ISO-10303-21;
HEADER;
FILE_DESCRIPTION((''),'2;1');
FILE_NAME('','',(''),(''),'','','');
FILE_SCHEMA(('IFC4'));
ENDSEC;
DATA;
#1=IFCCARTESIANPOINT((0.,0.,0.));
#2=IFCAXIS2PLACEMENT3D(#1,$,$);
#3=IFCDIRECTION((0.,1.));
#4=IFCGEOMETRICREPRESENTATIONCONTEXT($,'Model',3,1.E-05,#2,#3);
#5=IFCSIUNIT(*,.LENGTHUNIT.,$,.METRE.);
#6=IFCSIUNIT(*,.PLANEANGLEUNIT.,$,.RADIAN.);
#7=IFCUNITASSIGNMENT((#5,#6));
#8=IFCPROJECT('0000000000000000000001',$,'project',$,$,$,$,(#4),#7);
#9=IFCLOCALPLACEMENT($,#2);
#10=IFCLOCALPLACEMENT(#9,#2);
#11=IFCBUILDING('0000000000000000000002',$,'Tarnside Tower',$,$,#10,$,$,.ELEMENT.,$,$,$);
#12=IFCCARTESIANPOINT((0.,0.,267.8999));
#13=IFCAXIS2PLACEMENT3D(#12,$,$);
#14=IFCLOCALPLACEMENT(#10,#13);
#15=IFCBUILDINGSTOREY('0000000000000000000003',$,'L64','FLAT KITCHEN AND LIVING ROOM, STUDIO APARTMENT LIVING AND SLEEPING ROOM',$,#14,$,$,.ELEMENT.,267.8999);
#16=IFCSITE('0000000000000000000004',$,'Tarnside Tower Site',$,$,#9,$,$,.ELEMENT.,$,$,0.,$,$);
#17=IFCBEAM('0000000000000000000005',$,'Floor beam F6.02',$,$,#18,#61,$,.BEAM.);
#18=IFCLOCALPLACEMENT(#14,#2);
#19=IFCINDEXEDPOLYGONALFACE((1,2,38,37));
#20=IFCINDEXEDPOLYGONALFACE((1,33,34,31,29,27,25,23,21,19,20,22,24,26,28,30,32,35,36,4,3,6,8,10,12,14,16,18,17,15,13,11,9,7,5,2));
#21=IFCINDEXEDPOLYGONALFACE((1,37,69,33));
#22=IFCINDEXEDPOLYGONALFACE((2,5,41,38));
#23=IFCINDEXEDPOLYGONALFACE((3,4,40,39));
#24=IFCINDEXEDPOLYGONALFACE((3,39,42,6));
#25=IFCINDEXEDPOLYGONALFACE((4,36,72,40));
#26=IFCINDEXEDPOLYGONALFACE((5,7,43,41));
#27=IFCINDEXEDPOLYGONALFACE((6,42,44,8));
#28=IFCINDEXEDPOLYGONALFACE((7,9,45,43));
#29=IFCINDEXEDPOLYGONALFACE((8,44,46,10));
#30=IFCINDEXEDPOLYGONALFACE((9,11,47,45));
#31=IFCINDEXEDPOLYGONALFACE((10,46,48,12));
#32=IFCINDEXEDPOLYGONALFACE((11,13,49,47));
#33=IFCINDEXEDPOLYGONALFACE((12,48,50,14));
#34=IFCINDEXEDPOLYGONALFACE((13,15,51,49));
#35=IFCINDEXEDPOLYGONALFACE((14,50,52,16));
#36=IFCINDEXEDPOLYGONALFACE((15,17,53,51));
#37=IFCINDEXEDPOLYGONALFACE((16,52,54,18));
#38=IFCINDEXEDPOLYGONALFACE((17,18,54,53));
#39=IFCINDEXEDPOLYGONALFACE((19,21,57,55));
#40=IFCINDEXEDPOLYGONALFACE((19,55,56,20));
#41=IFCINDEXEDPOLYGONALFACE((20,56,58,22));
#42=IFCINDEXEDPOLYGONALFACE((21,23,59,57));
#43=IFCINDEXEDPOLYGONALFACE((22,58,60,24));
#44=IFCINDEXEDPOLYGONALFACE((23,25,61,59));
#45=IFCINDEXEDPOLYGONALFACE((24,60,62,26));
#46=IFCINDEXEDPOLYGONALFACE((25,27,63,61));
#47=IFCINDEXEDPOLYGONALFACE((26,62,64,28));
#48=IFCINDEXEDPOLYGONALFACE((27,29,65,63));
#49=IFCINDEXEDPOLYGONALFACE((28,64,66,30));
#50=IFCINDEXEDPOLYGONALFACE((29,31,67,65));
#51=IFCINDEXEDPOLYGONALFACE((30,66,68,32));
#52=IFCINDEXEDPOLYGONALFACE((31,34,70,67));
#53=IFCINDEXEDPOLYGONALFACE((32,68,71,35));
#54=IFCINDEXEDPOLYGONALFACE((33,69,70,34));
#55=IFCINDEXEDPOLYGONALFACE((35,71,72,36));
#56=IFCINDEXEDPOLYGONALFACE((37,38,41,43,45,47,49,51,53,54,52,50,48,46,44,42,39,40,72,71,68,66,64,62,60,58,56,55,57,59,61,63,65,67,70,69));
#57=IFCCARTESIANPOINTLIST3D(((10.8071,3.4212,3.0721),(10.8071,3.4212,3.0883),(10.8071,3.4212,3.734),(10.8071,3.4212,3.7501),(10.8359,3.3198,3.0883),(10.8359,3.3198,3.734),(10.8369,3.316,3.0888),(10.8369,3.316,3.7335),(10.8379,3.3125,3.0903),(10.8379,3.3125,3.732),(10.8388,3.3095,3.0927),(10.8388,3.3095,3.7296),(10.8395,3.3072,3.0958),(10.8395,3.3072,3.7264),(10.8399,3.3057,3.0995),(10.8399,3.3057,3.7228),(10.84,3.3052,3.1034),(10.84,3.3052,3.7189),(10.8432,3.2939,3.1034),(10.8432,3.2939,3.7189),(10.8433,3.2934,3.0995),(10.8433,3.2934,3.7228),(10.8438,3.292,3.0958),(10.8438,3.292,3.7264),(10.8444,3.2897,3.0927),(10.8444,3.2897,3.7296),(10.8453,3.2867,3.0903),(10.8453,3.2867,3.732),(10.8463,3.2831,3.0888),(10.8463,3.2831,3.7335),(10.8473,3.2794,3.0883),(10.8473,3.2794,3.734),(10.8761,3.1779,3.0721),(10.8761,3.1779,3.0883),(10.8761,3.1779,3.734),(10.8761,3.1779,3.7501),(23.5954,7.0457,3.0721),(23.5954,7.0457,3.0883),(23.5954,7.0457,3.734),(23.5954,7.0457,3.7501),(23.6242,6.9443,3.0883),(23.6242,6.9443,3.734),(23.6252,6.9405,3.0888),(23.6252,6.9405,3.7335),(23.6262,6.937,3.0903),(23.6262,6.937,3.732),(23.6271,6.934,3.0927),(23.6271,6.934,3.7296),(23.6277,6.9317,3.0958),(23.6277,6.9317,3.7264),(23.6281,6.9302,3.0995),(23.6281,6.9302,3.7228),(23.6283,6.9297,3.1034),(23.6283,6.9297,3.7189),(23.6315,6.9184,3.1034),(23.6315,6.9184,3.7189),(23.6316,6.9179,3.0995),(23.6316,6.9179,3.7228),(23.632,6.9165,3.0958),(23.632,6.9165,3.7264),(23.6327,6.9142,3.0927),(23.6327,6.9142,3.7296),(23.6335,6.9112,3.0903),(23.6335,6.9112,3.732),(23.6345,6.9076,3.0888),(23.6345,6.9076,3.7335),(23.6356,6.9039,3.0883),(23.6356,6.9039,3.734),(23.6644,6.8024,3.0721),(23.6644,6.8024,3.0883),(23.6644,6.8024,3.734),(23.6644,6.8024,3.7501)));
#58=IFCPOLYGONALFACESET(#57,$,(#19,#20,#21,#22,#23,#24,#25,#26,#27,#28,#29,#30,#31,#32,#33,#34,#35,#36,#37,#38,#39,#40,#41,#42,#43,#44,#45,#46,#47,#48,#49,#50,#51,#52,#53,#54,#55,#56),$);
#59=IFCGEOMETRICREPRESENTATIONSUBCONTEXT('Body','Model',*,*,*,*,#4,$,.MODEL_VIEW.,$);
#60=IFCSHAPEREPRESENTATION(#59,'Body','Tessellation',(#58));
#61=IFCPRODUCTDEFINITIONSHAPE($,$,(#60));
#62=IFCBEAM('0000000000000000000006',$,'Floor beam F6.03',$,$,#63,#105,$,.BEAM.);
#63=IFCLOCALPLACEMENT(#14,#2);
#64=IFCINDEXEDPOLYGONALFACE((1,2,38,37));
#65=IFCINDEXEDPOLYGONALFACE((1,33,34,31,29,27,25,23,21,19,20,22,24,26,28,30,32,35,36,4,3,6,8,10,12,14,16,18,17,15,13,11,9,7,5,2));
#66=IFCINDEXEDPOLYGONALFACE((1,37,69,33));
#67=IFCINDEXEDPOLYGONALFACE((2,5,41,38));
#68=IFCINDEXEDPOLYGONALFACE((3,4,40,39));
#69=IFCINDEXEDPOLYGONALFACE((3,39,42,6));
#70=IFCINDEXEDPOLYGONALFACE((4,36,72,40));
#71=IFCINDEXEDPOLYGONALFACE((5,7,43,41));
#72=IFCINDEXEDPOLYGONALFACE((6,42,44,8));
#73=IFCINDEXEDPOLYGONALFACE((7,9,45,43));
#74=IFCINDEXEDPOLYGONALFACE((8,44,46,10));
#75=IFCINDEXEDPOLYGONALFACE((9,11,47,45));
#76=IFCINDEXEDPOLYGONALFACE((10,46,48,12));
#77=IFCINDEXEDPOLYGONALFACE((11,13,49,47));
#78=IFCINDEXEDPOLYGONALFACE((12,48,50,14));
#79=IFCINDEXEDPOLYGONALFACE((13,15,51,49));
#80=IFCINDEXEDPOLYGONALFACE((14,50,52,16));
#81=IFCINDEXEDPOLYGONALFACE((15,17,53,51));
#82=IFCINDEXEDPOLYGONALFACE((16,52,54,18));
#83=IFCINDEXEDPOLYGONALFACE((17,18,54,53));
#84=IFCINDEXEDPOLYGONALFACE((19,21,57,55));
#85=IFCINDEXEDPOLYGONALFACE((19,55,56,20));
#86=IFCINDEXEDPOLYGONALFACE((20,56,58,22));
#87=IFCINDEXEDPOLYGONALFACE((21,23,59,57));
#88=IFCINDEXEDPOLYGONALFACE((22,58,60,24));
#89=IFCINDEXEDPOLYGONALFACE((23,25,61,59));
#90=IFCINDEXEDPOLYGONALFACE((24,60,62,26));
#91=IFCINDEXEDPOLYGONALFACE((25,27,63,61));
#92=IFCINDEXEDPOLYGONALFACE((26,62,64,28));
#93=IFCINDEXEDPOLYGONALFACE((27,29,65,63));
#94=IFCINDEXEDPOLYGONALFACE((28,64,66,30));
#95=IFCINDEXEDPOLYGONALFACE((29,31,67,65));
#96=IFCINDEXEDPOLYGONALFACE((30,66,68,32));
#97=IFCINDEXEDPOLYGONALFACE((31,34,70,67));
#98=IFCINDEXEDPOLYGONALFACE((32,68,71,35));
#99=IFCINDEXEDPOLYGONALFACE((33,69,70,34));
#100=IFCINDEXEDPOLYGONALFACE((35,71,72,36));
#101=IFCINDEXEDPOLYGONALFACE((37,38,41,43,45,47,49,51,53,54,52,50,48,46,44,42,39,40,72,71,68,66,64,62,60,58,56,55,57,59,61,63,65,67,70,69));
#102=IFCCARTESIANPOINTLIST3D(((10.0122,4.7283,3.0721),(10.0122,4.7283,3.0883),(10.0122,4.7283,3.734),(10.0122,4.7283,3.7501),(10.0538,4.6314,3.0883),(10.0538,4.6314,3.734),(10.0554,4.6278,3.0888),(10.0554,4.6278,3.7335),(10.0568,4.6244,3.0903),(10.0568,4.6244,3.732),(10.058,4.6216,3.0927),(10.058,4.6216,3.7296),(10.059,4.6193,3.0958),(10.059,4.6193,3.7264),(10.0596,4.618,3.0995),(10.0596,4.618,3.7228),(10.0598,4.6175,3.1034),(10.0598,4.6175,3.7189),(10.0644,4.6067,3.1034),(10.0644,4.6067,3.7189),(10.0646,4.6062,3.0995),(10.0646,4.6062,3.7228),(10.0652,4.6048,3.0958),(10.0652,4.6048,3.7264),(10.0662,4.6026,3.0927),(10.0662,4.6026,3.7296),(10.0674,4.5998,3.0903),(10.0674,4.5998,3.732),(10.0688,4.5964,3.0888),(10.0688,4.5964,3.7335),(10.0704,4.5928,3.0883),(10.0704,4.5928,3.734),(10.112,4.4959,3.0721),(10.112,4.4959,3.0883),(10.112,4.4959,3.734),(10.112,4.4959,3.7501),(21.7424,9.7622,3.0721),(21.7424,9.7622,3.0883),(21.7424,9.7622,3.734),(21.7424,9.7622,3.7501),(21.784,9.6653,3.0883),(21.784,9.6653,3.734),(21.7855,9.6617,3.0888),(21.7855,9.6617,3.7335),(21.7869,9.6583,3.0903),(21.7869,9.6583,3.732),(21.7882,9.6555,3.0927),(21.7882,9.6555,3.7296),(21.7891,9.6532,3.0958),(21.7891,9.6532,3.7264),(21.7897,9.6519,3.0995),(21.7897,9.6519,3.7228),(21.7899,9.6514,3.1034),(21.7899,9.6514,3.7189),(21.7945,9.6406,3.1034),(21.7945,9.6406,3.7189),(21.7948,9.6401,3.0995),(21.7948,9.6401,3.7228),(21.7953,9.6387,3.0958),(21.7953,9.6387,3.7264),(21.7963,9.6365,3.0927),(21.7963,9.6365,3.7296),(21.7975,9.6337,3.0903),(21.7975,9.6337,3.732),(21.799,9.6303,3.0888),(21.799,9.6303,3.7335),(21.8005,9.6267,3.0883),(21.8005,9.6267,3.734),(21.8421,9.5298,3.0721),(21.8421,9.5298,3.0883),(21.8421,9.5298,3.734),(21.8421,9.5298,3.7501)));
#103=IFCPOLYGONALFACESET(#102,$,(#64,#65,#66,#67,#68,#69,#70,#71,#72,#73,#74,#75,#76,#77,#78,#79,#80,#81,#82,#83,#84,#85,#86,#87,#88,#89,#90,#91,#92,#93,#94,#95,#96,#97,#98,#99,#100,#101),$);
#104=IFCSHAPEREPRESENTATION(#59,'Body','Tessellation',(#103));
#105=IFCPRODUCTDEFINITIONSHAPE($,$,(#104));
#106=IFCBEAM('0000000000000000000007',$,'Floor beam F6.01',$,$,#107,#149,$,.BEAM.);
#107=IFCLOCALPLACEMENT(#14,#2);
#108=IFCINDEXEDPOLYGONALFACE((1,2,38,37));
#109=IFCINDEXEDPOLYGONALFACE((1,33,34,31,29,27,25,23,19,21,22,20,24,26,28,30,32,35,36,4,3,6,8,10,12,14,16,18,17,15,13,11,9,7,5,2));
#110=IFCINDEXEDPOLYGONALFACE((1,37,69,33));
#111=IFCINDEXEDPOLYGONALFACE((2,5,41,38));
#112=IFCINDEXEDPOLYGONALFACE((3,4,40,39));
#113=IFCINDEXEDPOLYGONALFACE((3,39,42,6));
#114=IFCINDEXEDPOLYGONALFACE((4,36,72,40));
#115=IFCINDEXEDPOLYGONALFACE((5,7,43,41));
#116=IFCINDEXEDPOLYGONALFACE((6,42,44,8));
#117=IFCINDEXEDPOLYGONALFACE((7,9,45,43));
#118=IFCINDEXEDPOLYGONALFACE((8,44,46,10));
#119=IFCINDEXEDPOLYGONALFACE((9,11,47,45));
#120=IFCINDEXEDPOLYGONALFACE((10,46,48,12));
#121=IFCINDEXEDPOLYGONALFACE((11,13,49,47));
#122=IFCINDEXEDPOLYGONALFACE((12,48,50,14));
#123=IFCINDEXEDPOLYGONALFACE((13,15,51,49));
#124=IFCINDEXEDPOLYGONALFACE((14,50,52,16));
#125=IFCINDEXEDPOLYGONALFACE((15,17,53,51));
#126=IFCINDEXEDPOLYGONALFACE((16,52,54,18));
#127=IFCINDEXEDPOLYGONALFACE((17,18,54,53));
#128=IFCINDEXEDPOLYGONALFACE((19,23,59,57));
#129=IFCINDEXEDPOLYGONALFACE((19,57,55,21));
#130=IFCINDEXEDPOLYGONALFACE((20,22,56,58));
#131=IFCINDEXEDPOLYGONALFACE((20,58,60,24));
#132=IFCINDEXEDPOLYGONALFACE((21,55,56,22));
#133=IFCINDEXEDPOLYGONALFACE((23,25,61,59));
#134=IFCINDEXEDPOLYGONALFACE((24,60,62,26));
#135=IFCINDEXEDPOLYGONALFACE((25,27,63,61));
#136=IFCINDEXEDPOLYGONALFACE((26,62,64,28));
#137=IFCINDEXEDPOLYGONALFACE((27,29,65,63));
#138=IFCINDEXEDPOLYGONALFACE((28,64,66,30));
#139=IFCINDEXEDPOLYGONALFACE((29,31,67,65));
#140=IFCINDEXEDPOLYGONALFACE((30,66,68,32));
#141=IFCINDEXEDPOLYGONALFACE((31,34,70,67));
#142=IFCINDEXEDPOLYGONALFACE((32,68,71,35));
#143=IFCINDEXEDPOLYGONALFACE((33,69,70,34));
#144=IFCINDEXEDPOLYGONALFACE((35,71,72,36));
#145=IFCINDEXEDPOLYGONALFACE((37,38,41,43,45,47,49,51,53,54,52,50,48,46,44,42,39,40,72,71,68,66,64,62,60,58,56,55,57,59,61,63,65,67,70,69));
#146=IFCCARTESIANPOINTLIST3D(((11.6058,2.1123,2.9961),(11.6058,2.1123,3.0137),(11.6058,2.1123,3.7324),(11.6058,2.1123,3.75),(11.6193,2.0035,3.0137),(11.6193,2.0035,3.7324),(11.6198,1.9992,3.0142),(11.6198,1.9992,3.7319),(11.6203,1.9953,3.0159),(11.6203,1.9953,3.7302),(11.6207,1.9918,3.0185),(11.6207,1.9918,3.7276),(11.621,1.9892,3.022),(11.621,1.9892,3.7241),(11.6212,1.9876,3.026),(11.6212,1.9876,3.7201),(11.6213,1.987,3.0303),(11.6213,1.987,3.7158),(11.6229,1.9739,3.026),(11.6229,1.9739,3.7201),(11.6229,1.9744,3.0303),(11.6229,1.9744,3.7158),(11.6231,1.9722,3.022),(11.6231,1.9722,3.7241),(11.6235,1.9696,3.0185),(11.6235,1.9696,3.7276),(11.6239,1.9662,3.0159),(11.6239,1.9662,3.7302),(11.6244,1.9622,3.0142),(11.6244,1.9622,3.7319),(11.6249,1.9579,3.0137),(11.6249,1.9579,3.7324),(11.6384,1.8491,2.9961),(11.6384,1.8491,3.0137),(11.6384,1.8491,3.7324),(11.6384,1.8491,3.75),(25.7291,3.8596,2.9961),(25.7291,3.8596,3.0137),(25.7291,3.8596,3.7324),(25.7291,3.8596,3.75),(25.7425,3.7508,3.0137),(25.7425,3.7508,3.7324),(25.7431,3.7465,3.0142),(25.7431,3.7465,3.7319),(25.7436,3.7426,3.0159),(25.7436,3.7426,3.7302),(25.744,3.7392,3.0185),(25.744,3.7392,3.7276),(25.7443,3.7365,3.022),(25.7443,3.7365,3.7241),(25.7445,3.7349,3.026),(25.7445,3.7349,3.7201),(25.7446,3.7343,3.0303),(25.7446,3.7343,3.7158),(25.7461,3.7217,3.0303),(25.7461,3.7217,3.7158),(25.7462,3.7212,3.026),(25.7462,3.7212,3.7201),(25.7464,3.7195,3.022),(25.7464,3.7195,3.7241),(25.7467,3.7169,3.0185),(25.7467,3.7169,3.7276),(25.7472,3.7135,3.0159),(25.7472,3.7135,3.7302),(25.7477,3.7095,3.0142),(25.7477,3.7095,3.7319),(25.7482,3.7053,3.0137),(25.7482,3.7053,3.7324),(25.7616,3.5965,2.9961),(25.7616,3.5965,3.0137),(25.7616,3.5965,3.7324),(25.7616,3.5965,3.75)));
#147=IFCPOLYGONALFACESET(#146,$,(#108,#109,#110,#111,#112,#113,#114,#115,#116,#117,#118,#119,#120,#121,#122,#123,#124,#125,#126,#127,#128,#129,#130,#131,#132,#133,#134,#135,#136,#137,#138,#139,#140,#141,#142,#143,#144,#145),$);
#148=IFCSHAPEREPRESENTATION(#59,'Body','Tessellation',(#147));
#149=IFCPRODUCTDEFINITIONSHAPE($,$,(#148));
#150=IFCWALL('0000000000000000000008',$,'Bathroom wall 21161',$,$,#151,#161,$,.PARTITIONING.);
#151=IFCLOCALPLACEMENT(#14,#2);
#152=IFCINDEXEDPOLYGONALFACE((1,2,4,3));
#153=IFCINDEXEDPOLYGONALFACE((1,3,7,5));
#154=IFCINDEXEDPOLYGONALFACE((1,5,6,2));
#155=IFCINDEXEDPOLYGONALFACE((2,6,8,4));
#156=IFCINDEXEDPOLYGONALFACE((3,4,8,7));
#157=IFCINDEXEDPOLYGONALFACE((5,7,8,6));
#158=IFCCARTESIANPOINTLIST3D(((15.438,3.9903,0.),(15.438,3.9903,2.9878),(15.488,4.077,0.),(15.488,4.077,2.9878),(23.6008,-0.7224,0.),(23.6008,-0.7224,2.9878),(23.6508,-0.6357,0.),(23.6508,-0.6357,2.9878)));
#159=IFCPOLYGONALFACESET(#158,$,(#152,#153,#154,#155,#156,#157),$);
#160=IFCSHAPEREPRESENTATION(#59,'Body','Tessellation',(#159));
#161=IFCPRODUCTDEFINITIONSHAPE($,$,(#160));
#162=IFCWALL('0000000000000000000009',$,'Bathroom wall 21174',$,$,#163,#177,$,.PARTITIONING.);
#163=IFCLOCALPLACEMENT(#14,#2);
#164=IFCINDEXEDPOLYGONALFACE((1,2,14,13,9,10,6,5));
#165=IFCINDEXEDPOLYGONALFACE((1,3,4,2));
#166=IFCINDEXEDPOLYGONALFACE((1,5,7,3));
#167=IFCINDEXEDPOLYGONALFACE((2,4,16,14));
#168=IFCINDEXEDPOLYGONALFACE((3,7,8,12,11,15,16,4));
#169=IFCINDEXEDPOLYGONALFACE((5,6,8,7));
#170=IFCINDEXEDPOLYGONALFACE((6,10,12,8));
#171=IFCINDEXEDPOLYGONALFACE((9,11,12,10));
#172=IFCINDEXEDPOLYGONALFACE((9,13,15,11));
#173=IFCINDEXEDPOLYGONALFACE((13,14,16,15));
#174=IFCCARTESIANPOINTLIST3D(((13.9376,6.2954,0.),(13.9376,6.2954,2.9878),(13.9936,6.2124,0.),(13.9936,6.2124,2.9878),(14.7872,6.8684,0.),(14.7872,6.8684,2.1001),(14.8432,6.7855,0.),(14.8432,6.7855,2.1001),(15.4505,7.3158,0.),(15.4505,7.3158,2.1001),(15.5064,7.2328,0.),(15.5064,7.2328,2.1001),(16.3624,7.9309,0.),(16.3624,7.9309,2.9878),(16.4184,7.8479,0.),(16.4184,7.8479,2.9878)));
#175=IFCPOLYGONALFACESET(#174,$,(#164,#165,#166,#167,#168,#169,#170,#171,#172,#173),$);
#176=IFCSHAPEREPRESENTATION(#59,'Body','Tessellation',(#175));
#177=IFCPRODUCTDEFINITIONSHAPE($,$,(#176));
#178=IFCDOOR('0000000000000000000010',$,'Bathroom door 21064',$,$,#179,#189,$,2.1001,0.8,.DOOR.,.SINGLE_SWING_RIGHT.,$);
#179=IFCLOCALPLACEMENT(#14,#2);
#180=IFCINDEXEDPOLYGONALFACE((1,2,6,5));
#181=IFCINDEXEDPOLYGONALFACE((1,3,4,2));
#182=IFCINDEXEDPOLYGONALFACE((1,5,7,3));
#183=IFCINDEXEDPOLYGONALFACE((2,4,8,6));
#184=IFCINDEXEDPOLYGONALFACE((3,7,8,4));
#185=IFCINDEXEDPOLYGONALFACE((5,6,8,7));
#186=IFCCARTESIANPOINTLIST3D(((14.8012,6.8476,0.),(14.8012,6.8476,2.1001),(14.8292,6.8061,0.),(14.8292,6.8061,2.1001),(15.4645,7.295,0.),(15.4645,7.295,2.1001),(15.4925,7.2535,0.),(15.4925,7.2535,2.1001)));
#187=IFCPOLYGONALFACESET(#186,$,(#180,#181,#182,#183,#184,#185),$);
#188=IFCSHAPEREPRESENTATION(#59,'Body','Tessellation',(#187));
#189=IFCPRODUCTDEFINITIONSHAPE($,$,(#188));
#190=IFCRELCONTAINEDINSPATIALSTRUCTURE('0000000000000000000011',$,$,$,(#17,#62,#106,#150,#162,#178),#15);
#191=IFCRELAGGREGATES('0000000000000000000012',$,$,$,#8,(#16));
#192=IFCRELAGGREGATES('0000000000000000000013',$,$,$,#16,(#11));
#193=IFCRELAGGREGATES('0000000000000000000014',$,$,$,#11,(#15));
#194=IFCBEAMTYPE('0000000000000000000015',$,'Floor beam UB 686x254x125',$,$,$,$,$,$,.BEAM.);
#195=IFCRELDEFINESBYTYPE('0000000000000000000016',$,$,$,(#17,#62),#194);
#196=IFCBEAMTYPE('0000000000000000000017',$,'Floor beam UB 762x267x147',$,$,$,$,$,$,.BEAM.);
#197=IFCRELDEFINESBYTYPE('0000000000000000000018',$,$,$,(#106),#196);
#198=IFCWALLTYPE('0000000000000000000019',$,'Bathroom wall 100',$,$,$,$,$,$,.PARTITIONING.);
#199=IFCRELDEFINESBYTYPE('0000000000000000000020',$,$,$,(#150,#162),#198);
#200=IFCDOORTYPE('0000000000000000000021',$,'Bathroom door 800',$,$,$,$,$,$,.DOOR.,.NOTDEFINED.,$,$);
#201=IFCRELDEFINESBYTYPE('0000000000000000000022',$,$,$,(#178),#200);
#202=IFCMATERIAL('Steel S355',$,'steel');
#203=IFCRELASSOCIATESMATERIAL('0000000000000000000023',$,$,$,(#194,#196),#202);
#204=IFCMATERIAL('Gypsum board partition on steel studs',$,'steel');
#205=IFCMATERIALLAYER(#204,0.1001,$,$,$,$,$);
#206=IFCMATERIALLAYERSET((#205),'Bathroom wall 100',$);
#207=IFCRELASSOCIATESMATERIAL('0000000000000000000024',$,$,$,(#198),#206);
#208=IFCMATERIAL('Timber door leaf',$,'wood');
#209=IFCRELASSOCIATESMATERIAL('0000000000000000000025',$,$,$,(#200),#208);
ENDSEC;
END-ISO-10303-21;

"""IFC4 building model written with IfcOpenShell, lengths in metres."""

from ifc_helpers import new_model, si_unit, direction, frame, frame_2d, origin, origin_2d, place, context, subcontext, project, spatial, rectangle, i_section, extrude, material, layer, layer_set, material_profile, profile_set, type_object, element, fill, save


model = new_model("IFC4")

# Units and contexts
model_context = context("Model", 3, precision=1e-05, world=origin(), true_north=direction((0.0, 1.0)))
body_context = subcontext(model_context, "Body", "Model", "MODEL_VIEW")
ifc_project = project(units=[si_unit("LENGTHUNIT", "METRE"), si_unit("PLANEANGLEUNIT", "RADIAN")], contexts=[model_context])

# Site, building, storey
site_placement = place(None, origin())
site = spatial("IfcSite", under=ifc_project, at=site_placement, Name="Tarnside Tower Site", CompositionType="ELEMENT", RefElevation=0.0)
building_placement = place(site_placement, origin())
building = spatial("IfcBuilding", under=site, at=building_placement, Name="Tarnside Tower", CompositionType="ELEMENT")
storey_placement = place(building_placement, frame((0.0, 0.0, 267.8999)))
storey = spatial("IfcBuildingStorey", under=building, at=storey_placement, Name="L64", Description="FLAT KITCHEN AND LIVING ROOM, STUDIO APARTMENT LIVING AND SLEEPING ROOM", CompositionType="ELEMENT", Elevation=267.8999)

# Beams
ifc_material_1 = material(Name="Steel S355", Category="steel")
ifc_material_profile_1 = material_profile(ifc_material_1, i_section(OverallWidth=0.2529, OverallDepth=0.678, WebThickness=0.0117, FlangeThickness=0.0161, FilletRadius=0.0151, at=origin_2d()), Name="UB 686x254x125")
ifc_profile_set_1 = profile_set([ifc_material_profile_1], Name="Steel S355")
beam_type_1 = type_object("IfcBeamType", Name="Floor beam UB 686x254x125", PredefinedType="BEAM", material=ifc_profile_set_1)
beam_1_placement = place(storey_placement, frame((23.6299, 6.9241, 3.4111), z_axis=(-0.962104, -0.272683, 0.0), x_axis=(0.272683, -0.962104, 0.0)))
element("IfcBeam", 1, at=beam_1_placement, inside=storey, type_object=beam_type_1, Name="Floor beam F6.02", PredefinedType="BEAM", context=body_context, shape_type="SweptSolid", body=[
    extrude(i_section(OverallWidth=0.2529, OverallDepth=0.678, WebThickness=0.0117, FlangeThickness=0.0161, FilletRadius=0.0151, at=origin_2d()), origin(), (0.0, 0.0, 1.0), 13.292),
])
beam_2_placement = place(storey_placement, frame((21.7922, 9.646, 3.4111), z_axis=(-0.918955, -0.394362, 0.0), x_axis=(0.394362, -0.918955, 0.0)))
element("IfcBeam", 2, at=beam_2_placement, inside=storey, type_object=beam_type_1, Name="Floor beam F6.03", PredefinedType="BEAM", context=body_context, shape_type="SweptSolid", body=[
    extrude(i_section(OverallWidth=0.2529, OverallDepth=0.678, WebThickness=0.0117, FlangeThickness=0.0161, FilletRadius=0.0151, at=origin_2d()), origin(), (0.0, 0.0, 1.0), 12.7646),
])
ifc_material_profile_2 = material_profile(ifc_material_1, i_section(OverallWidth=0.2651, OverallDepth=0.7539, WebThickness=0.0127, FlangeThickness=0.0176, FilletRadius=0.0166, at=origin_2d()), Name="UB 762x267x147")
ifc_profile_set_2 = profile_set([ifc_material_profile_2], Name="Steel S355")
beam_type_2 = type_object("IfcBeamType", Name="Floor beam UB 762x267x147", PredefinedType="BEAM", material=ifc_profile_set_2)
beam_3_placement = place(storey_placement, frame((25.7454, 3.728, 3.373), z_axis=(-0.992434, -0.122783, 0.0), x_axis=(0.122783, -0.992434, 0.0)))
element("IfcBeam", 3, at=beam_3_placement, inside=storey, type_object=beam_type_2, Name="Floor beam F6.01", PredefinedType="BEAM", context=body_context, shape_type="SweptSolid", body=[
    extrude(i_section(OverallWidth=0.2651, OverallDepth=0.7539, WebThickness=0.0127, FlangeThickness=0.0176, FilletRadius=0.0166, at=origin_2d()), origin(), (0.0, 0.0, 1.0), 14.231),
])

# Wall
ifc_material_2 = material(Name="Gypsum board partition on steel studs", Category="steel")
ifc_layer_1 = layer(ifc_material_2, 0.1001)
ifc_layer_set_1 = layer_set([ifc_layer_1], Name="Bathroom wall 100")
wall_type_1 = type_object("IfcWallType", Name="Bathroom wall 100", PredefinedType="PARTITIONING", material=ifc_layer_set_1)
wall_1_placement = place(storey_placement, frame((15.4629, 4.0337, 0.0), z_axis=(0.0, 0.0, 1.0), x_axis=(0.866033, -0.499986, 0.0)))
element("IfcWall", 4, at=wall_1_placement, inside=storey, type_object=wall_type_1, Name="Bathroom wall 21161", PredefinedType="PARTITIONING", context=body_context, shape_type="SweptSolid", body=[
    extrude(rectangle(XDim=9.4255, YDim=0.1001, at=frame_2d((4.7129, 0.0))), origin(), (0.0, 0.0, 1.0), 2.9878),
])

# Wall, opening, door
wall_2_placement = place(storey_placement, frame((13.9656, 6.2539, 0.0), z_axis=(0.0, 0.0, 1.0), x_axis=(0.829046, 0.55918, 0.0)))
wall_2 = element("IfcWall", 5, at=wall_2_placement, inside=storey, type_object=wall_type_1, Name="Bathroom wall 21174", PredefinedType="PARTITIONING", context=body_context, shape_type="SweptSolid", body=[
    extrude(rectangle(XDim=2.9248, YDim=0.1001, at=frame_2d((1.4624, 0.0))), origin(), (0.0, 0.0, 1.0), 2.9878),
])
opening_1_placement = place(wall_2_placement, frame((1.0249, 0.0, 0.0)))
opening_1 = element("IfcOpeningElement", 6, at=opening_1_placement, cuts=wall_2, PredefinedType="OPENING", context=body_context, shape_type="SweptSolid", body=[
    extrude(rectangle(XDim=0.8, YDim=2.1001, at=frame_2d((0.3999, 1.05))), frame((0.0, 0.0601, 0.0), z_axis=(0.0, -1.0, 0.0), x_axis=(1.0, 0.0, 0.0)), (0.0, 0.0, 1.0), 0.1201),
])
ifc_material_3 = material(Name="Timber door leaf", Category="wood")
door_type_1 = type_object("IfcDoorType", Name="Bathroom door 800", OperationType="NOTDEFINED", PredefinedType="DOOR", material=ifc_material_3)
door_1_placement = place(opening_1_placement, origin())
door_1 = element("IfcDoor", 7, at=door_1_placement, inside=storey, type_object=door_type_1, Name="Bathroom door 21064", OperationType="SINGLE_SWING_RIGHT", OverallHeight=2.1001, OverallWidth=0.8, PredefinedType="DOOR", context=body_context, shape_type="SweptSolid", body=[
    extrude(rectangle(XDim=0.8, YDim=2.1001, at=frame_2d((0.3999, 1.05))), frame((0.0, 0.0249, 0.0), z_axis=(0.0, -1.0, 0.0), x_axis=(1.0, 0.0, 0.0)), (0.0, 0.0, 1.0), 0.05),
])
fill(opening_1, door_1)

save(model, "model.ifc")
